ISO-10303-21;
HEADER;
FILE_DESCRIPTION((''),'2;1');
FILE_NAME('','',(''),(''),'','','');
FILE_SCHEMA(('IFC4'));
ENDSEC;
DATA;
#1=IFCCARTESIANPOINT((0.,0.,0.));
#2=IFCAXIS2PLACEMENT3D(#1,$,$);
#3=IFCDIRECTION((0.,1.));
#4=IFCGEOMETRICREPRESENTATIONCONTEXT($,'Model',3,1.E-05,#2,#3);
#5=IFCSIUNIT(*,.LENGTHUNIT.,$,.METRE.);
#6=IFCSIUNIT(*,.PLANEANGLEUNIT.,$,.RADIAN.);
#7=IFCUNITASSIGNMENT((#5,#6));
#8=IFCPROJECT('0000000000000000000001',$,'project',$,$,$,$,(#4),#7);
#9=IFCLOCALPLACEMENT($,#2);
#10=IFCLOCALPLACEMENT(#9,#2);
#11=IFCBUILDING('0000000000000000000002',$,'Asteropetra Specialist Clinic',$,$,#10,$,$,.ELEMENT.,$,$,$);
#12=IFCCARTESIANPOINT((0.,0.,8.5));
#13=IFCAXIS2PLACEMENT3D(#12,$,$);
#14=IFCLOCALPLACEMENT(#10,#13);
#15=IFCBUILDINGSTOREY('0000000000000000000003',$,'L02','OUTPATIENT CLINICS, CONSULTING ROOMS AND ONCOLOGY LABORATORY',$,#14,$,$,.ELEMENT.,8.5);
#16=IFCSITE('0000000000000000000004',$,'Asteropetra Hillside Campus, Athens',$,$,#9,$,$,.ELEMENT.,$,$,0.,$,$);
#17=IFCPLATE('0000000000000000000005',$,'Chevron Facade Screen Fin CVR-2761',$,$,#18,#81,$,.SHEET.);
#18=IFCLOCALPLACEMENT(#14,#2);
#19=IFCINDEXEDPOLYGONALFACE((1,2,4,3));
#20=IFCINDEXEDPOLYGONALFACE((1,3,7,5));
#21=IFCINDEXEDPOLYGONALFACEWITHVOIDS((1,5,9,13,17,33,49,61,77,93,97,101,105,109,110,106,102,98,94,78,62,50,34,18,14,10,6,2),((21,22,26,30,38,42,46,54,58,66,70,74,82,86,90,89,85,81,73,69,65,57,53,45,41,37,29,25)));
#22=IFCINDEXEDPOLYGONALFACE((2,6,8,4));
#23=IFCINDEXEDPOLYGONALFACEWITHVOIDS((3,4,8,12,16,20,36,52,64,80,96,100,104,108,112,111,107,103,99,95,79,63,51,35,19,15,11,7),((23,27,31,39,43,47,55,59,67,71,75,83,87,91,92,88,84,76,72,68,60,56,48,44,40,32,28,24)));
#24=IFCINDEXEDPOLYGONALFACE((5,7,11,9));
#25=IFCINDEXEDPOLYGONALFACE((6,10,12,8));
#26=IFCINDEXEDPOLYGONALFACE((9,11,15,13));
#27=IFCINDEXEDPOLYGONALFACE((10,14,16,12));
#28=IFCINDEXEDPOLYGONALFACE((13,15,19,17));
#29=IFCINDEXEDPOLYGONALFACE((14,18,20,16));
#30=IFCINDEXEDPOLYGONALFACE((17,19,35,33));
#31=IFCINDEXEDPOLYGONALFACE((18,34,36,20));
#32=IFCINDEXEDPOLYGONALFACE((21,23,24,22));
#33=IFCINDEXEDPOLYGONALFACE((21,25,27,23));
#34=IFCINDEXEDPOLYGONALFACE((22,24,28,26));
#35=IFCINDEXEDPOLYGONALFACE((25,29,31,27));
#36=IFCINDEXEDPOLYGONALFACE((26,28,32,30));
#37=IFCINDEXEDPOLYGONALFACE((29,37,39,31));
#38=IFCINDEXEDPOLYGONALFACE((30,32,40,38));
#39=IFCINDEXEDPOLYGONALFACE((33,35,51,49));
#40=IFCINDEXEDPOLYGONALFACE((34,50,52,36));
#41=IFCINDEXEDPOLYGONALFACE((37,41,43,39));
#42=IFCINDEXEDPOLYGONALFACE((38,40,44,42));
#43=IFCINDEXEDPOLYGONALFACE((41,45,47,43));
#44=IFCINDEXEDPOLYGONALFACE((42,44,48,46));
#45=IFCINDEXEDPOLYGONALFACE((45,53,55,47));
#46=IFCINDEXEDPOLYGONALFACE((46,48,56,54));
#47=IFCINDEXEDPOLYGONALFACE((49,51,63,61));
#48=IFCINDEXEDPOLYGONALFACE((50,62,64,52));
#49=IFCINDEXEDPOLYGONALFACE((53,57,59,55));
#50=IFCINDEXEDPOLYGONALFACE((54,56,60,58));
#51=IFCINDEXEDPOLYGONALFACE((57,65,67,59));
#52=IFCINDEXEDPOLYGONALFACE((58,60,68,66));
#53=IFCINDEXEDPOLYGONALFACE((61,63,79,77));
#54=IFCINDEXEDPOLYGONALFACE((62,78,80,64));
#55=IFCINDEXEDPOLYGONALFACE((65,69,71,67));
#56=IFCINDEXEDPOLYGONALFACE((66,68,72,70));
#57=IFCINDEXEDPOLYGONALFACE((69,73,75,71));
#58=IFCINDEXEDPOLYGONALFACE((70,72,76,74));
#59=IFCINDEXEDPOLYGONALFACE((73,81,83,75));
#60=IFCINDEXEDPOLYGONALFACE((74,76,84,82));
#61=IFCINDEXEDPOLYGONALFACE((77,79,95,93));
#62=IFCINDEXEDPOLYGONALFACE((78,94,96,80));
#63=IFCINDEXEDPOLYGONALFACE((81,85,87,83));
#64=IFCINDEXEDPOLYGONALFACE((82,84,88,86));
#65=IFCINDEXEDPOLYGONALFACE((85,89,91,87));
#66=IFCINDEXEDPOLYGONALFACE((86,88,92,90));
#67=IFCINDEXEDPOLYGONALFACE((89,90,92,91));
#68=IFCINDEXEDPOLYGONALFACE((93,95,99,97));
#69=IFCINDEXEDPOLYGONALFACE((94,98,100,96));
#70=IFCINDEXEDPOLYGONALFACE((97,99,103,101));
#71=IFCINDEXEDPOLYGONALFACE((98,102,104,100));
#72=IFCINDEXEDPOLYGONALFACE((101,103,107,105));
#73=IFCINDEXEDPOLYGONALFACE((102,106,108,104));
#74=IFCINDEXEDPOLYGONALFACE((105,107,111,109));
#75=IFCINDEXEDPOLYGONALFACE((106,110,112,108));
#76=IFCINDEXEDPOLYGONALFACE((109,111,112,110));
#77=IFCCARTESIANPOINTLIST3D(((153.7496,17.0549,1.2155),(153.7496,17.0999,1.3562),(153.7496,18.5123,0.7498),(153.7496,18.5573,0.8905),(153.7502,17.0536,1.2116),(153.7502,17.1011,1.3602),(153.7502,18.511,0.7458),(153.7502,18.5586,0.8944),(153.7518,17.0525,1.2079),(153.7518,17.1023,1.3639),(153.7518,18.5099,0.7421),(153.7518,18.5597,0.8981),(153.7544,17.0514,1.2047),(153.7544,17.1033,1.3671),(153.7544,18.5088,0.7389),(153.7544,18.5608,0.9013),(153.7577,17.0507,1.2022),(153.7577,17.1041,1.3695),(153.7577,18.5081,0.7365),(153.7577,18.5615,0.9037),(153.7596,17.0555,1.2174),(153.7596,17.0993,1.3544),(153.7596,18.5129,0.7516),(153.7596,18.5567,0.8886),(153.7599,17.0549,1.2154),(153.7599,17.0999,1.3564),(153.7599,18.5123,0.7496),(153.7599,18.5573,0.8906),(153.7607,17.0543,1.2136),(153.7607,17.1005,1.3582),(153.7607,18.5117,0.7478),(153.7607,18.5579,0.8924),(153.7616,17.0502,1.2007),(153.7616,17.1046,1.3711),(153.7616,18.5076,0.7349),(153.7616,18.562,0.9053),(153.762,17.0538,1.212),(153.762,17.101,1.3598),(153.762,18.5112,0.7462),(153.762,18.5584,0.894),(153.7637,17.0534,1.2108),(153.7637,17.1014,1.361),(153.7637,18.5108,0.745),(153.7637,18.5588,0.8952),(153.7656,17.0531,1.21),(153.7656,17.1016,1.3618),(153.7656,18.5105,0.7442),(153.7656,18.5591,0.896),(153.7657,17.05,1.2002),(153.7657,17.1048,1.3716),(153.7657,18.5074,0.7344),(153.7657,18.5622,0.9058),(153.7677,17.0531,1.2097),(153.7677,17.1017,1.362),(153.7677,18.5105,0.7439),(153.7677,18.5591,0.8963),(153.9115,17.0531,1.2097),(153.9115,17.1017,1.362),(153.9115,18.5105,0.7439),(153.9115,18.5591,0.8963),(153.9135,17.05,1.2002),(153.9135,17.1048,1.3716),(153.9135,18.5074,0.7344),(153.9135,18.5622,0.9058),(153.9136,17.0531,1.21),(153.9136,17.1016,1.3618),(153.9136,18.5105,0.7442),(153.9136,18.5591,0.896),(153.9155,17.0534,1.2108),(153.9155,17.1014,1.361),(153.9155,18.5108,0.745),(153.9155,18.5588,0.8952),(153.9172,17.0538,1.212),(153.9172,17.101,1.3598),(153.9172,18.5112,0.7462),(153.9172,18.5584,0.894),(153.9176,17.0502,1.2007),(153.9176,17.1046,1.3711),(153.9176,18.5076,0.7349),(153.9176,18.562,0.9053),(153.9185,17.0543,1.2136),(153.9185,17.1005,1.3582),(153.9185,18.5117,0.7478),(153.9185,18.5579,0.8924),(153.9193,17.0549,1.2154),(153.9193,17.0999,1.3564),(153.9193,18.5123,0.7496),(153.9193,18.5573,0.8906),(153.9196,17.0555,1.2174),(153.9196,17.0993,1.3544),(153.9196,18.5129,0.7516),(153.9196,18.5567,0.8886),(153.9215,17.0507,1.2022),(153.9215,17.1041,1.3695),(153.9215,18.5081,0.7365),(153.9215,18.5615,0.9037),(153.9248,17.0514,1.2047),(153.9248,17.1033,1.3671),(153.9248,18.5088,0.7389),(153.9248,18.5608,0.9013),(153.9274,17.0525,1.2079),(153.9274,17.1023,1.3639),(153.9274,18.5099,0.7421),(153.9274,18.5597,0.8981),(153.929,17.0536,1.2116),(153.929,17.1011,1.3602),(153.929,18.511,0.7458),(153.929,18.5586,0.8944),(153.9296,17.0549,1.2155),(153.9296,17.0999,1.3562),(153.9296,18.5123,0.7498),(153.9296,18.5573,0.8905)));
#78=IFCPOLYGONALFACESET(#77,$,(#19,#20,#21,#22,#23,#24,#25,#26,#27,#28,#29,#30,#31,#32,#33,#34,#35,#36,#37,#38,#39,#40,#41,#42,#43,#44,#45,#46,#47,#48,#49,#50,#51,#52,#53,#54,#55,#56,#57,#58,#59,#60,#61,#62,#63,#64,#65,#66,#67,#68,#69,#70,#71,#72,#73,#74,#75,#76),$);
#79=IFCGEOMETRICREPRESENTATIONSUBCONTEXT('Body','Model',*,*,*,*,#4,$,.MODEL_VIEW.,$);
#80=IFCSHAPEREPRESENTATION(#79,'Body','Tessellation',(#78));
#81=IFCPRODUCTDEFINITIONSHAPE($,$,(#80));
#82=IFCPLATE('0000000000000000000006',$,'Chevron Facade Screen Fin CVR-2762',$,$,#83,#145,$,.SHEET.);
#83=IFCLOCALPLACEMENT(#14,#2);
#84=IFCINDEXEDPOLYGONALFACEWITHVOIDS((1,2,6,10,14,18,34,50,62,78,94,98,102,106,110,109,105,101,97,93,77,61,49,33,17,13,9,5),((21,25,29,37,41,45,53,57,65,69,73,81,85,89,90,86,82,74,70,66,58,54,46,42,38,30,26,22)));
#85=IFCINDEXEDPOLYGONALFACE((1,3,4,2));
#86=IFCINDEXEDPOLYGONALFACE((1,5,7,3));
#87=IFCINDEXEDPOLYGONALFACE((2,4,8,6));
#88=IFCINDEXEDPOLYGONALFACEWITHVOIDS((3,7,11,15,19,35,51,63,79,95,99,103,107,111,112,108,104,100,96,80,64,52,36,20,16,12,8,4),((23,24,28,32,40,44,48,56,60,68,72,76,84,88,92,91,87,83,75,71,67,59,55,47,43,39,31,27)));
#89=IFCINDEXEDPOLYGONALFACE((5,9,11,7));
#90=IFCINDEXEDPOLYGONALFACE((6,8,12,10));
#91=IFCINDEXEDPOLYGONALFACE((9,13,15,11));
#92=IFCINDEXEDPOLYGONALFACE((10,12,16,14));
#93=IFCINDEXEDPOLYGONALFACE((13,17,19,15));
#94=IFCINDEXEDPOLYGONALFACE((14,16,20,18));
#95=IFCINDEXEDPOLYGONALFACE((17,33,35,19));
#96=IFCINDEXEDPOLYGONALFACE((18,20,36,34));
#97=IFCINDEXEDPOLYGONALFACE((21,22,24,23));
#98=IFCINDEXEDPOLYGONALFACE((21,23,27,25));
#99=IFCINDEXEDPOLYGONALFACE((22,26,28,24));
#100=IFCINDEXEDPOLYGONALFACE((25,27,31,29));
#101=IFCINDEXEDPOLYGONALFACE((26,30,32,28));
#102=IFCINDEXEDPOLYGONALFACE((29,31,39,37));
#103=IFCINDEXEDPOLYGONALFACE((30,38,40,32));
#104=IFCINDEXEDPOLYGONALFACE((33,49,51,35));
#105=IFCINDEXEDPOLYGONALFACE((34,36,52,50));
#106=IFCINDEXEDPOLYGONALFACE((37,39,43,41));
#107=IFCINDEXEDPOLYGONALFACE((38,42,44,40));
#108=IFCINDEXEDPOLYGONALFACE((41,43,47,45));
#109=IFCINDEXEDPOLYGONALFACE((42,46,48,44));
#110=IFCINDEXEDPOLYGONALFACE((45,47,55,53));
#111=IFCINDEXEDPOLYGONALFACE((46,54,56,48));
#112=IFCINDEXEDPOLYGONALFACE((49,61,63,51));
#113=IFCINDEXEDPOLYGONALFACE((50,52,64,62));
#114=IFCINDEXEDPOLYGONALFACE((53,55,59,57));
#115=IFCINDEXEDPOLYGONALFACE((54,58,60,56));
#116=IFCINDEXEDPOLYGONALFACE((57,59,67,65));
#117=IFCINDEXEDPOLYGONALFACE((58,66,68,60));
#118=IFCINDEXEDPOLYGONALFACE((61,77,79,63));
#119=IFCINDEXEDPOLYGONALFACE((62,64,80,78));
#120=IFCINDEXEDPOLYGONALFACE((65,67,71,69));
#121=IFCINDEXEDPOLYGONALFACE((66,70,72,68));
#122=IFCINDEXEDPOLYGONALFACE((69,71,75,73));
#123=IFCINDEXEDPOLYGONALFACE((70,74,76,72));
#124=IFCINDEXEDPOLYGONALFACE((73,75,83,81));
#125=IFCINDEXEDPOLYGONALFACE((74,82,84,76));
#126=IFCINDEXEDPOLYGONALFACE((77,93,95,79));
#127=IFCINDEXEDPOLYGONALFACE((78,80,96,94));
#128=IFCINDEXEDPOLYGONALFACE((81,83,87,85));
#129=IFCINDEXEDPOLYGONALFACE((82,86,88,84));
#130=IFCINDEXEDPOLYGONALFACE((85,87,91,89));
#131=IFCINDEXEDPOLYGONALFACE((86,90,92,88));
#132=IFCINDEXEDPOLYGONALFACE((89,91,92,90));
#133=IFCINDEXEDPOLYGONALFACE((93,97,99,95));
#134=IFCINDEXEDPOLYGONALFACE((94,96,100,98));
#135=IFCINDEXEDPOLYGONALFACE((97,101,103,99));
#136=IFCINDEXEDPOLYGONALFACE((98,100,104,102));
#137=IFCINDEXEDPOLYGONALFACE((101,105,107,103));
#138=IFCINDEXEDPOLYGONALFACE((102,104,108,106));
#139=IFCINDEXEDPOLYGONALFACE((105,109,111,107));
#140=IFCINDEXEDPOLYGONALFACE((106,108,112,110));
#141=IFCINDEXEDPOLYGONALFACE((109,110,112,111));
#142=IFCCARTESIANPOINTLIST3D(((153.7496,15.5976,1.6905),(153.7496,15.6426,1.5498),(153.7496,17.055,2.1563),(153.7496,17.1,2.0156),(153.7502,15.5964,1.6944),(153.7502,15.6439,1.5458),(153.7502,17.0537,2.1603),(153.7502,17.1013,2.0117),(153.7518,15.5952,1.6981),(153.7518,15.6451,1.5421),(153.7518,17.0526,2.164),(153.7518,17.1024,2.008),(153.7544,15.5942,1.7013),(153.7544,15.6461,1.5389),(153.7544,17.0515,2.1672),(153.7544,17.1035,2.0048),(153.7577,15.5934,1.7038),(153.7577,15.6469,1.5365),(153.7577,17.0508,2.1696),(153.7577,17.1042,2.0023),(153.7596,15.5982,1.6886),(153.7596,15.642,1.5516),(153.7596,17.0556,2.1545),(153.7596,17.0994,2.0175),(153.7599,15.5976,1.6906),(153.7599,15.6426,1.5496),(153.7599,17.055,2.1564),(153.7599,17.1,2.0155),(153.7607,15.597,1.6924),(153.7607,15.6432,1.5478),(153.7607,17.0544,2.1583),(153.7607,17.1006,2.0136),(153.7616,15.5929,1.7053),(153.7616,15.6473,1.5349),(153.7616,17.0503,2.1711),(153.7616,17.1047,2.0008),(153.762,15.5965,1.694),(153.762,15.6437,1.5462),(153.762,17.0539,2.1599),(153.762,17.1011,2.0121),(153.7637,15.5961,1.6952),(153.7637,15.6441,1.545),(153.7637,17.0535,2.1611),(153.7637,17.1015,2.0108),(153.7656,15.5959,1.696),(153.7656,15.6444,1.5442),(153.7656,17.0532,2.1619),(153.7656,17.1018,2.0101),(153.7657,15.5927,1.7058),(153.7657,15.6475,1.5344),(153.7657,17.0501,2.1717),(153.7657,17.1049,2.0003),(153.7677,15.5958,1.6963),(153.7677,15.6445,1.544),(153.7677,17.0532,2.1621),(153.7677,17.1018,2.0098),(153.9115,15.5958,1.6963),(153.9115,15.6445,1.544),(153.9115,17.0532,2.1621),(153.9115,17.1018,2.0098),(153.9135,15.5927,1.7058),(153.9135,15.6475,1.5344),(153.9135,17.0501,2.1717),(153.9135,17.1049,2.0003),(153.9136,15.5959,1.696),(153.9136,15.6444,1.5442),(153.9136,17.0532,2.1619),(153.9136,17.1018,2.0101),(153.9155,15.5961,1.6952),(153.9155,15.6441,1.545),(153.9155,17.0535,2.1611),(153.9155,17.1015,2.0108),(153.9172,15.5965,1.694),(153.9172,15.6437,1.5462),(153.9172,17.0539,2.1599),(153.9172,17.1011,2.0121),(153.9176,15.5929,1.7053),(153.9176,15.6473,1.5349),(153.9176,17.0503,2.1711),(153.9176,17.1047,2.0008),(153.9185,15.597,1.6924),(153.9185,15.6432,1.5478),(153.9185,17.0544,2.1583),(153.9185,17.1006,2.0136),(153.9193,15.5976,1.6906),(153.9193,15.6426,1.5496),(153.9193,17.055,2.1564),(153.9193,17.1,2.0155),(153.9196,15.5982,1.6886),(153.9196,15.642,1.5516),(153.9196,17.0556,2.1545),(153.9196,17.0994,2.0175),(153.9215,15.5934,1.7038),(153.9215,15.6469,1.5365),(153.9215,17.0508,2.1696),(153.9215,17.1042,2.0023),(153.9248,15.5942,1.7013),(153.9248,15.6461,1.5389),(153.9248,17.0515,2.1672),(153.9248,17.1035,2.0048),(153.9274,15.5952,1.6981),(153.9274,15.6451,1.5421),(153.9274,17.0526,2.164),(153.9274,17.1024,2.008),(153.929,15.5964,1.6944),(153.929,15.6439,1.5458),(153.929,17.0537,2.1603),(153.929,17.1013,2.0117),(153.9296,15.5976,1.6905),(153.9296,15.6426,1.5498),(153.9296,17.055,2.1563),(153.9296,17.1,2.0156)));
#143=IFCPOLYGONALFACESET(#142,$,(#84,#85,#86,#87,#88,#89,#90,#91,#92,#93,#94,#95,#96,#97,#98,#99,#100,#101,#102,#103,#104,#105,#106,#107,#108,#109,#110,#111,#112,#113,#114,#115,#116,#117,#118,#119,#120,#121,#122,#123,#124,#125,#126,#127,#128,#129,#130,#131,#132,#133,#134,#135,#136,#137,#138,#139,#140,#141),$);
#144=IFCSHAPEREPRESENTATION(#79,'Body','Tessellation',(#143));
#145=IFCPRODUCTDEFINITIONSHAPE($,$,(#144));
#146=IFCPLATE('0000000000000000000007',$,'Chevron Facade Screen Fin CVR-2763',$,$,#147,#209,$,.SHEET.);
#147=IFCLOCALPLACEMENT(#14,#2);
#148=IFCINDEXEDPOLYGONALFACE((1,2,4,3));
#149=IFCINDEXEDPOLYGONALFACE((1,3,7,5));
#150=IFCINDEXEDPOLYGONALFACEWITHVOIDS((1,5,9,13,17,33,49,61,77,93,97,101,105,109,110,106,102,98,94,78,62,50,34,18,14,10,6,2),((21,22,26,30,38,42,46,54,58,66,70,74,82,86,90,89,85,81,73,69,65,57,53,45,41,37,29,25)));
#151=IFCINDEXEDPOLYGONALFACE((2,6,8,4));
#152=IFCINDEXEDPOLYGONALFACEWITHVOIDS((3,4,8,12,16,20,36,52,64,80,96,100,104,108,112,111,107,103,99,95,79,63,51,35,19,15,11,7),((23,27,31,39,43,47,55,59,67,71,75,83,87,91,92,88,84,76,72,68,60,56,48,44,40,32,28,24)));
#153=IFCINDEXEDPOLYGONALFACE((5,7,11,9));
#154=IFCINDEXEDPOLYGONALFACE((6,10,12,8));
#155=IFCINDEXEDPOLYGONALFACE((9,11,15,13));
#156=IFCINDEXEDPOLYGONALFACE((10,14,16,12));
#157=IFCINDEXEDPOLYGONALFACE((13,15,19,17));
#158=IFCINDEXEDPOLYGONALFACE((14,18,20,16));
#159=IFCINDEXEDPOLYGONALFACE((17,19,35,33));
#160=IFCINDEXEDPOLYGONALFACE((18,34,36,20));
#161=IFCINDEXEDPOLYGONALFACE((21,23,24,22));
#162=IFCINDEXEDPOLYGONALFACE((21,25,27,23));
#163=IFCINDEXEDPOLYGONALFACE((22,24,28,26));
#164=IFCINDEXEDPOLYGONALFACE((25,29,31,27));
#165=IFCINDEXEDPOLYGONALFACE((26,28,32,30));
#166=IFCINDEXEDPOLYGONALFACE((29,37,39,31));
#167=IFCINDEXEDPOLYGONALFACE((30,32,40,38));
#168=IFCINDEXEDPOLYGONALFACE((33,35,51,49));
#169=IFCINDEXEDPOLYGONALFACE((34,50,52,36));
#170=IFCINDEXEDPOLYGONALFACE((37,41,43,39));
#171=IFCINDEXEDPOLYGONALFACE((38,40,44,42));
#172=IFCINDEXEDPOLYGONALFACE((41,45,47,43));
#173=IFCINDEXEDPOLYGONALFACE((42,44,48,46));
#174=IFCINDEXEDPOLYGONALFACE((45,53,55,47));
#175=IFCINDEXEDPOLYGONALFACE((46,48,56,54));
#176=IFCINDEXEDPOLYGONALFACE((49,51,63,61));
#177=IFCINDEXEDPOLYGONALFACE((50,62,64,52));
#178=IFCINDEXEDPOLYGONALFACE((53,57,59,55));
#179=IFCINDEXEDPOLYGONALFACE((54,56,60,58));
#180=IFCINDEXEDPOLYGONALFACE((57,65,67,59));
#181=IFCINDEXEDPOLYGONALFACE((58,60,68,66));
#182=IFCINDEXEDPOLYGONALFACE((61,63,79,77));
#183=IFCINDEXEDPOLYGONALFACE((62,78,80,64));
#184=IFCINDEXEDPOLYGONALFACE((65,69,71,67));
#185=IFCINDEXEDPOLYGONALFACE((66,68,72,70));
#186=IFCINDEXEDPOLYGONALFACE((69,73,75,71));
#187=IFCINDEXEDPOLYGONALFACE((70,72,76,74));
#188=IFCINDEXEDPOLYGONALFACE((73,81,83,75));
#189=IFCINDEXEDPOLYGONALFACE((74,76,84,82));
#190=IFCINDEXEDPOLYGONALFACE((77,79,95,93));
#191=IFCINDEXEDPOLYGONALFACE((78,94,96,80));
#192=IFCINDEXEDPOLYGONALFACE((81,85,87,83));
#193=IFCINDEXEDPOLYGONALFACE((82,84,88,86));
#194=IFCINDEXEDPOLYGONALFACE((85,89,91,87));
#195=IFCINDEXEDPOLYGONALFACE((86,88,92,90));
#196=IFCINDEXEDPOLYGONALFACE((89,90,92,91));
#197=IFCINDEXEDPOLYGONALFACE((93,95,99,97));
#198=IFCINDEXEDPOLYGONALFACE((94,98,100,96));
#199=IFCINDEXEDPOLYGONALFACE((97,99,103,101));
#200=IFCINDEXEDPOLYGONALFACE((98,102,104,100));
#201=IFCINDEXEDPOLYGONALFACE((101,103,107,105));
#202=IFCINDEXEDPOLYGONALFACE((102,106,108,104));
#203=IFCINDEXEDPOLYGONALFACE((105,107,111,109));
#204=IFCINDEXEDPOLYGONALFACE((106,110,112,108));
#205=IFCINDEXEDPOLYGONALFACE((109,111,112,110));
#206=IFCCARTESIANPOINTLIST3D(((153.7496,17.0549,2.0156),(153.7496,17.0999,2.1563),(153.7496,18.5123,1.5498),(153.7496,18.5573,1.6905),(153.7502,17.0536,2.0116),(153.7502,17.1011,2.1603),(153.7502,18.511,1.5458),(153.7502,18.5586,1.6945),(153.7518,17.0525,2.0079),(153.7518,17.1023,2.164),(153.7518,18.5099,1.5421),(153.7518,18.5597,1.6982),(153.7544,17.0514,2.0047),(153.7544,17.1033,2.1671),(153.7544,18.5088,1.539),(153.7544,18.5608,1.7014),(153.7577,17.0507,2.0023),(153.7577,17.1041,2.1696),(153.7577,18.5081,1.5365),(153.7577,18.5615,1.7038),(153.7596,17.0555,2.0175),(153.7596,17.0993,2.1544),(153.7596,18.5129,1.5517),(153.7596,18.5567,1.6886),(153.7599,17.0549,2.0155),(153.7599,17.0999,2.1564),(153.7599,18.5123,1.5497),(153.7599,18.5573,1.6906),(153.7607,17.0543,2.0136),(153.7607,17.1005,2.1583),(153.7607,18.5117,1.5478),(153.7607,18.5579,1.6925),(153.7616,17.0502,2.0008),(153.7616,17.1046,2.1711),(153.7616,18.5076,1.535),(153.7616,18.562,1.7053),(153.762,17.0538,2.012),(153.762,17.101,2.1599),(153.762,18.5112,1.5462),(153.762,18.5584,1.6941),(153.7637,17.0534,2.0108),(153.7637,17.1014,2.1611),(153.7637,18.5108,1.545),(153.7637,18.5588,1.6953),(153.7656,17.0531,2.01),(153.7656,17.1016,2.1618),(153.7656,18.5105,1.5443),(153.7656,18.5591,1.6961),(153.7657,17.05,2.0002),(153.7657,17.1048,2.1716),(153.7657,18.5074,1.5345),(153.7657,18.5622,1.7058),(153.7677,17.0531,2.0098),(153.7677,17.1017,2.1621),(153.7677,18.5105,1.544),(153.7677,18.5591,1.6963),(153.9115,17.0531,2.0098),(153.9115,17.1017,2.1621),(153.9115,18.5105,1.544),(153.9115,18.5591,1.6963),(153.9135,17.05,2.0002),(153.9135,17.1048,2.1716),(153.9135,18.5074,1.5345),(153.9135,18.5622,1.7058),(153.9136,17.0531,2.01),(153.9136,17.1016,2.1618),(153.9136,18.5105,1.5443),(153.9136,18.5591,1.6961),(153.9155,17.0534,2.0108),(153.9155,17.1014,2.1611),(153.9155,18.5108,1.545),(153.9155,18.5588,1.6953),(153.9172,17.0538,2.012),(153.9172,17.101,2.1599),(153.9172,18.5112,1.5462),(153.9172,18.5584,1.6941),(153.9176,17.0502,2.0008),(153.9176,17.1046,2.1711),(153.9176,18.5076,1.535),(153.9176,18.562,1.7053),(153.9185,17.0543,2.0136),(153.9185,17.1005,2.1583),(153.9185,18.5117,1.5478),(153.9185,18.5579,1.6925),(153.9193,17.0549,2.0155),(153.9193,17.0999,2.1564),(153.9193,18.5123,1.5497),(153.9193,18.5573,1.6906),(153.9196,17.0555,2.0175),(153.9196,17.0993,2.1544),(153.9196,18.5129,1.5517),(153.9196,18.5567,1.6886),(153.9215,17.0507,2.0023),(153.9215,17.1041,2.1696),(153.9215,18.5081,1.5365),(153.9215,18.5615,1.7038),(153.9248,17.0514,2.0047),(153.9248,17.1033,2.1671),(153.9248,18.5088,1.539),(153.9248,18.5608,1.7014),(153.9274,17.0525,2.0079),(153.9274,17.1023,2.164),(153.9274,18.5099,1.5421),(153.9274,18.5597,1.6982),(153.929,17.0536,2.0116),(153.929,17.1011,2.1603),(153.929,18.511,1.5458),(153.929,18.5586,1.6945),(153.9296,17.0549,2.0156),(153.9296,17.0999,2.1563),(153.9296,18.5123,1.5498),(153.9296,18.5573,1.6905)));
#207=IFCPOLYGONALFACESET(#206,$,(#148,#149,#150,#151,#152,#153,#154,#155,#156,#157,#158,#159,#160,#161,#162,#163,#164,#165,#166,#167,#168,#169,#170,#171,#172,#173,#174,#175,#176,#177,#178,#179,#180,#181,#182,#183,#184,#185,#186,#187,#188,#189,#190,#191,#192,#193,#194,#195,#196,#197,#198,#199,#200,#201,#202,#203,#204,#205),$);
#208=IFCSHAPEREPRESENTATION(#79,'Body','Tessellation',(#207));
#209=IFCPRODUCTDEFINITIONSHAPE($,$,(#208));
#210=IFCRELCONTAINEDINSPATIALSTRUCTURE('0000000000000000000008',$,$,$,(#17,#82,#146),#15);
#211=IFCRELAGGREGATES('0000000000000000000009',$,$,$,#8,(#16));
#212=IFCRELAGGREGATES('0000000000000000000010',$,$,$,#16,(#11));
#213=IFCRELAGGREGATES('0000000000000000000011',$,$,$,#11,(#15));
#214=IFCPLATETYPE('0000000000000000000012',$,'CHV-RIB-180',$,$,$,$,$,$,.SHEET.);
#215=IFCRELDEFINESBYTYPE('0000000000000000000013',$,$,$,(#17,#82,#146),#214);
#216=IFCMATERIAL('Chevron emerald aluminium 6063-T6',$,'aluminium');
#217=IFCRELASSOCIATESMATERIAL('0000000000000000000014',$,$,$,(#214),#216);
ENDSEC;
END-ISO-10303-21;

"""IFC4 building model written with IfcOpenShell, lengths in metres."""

from ifc_helpers import new_model, si_unit, direction, frame, origin, origin_2d, place, context, subcontext, project, spatial, hollow_rectangle, extrude, material, material_profile, profile_set, type_object, element, save


model = new_model("IFC4")

# Units and contexts
model_context = context("Model", 3, precision=1e-05, world=origin(), true_north=direction((0.0, 1.0)))
body_context = subcontext(model_context, "Body", "Model", "MODEL_VIEW")
ifc_project = project(units=[si_unit("LENGTHUNIT", "METRE"), si_unit("PLANEANGLEUNIT", "RADIAN")], contexts=[model_context])

# Site, building, storey
site_placement = place(None, origin())
site = spatial("IfcSite", under=ifc_project, at=site_placement, Name="Asteropetra Hillside Campus, Athens", CompositionType="ELEMENT", RefElevation=0.0)
building_placement = place(site_placement, origin())
building = spatial("IfcBuilding", under=site, at=building_placement, Name="Asteropetra Specialist Clinic", CompositionType="ELEMENT")
storey_placement = place(building_placement, frame((0.0, 0.0, 8.5)))
storey = spatial("IfcBuildingStorey", under=building, at=storey_placement, Name="L02", Description="OUTPATIENT CLINICS, CONSULTING ROOMS AND ONCOLOGY LABORATORY", CompositionType="ELEMENT", Elevation=8.5)

# Plates
ifc_material_1 = material(Name="Chevron emerald aluminium 6063-T6", Category="aluminium")
ifc_material_profile_1 = material_profile(ifc_material_1, hollow_rectangle(XDim=0.1799, YDim=0.1799, WallThickness=0.01, InnerFilletRadius=0.0081, OuterFilletRadius=0.0161, at=origin_2d()), Name="SHS 180x180x10.0")
ifc_profile_set_1 = profile_set([ifc_material_profile_1], Name="Chevron emerald aluminium 6063-T6")
plate_type = type_object("IfcPlateType", Name="CHV-RIB-180", PredefinedType="SHEET", material=ifc_profile_set_1)
for number, where, z_axis, x_axis, name in (
    (1, (153.8396, 17.0774, 1.2859), (0.0, 0.952535, -0.304428), (-1.0, 0.0, 0.0), "Chevron Facade Screen Fin CVR-2761"),
    (2, (153.8396, 15.6201, 1.6201), (0.0, 0.95252, 0.304475), (-1.0, 0.0, 0.0), "Chevron Facade Screen Fin CVR-2762"),
    (3, (153.8396, 17.0774, 2.0859), (0.0, 0.952535, -0.304428), (-1.0, 0.0, 0.0), "Chevron Facade Screen Fin CVR-2763"),
):
    element("IfcPlate", number, at=place(storey_placement, frame(where, z_axis=z_axis, x_axis=x_axis)), inside=storey, type_object=plate_type, Name=name, PredefinedType="SHEET", context=body_context, shape_type="SweptSolid", body=[
        extrude(hollow_rectangle(XDim=0.1799, YDim=0.1799, WallThickness=0.01, InnerFilletRadius=0.0081, OuterFilletRadius=0.0161, at=origin_2d()), origin(), (0.0, 0.0, 1.0), 1.53),
    ])

save(model, "model.ifc")
